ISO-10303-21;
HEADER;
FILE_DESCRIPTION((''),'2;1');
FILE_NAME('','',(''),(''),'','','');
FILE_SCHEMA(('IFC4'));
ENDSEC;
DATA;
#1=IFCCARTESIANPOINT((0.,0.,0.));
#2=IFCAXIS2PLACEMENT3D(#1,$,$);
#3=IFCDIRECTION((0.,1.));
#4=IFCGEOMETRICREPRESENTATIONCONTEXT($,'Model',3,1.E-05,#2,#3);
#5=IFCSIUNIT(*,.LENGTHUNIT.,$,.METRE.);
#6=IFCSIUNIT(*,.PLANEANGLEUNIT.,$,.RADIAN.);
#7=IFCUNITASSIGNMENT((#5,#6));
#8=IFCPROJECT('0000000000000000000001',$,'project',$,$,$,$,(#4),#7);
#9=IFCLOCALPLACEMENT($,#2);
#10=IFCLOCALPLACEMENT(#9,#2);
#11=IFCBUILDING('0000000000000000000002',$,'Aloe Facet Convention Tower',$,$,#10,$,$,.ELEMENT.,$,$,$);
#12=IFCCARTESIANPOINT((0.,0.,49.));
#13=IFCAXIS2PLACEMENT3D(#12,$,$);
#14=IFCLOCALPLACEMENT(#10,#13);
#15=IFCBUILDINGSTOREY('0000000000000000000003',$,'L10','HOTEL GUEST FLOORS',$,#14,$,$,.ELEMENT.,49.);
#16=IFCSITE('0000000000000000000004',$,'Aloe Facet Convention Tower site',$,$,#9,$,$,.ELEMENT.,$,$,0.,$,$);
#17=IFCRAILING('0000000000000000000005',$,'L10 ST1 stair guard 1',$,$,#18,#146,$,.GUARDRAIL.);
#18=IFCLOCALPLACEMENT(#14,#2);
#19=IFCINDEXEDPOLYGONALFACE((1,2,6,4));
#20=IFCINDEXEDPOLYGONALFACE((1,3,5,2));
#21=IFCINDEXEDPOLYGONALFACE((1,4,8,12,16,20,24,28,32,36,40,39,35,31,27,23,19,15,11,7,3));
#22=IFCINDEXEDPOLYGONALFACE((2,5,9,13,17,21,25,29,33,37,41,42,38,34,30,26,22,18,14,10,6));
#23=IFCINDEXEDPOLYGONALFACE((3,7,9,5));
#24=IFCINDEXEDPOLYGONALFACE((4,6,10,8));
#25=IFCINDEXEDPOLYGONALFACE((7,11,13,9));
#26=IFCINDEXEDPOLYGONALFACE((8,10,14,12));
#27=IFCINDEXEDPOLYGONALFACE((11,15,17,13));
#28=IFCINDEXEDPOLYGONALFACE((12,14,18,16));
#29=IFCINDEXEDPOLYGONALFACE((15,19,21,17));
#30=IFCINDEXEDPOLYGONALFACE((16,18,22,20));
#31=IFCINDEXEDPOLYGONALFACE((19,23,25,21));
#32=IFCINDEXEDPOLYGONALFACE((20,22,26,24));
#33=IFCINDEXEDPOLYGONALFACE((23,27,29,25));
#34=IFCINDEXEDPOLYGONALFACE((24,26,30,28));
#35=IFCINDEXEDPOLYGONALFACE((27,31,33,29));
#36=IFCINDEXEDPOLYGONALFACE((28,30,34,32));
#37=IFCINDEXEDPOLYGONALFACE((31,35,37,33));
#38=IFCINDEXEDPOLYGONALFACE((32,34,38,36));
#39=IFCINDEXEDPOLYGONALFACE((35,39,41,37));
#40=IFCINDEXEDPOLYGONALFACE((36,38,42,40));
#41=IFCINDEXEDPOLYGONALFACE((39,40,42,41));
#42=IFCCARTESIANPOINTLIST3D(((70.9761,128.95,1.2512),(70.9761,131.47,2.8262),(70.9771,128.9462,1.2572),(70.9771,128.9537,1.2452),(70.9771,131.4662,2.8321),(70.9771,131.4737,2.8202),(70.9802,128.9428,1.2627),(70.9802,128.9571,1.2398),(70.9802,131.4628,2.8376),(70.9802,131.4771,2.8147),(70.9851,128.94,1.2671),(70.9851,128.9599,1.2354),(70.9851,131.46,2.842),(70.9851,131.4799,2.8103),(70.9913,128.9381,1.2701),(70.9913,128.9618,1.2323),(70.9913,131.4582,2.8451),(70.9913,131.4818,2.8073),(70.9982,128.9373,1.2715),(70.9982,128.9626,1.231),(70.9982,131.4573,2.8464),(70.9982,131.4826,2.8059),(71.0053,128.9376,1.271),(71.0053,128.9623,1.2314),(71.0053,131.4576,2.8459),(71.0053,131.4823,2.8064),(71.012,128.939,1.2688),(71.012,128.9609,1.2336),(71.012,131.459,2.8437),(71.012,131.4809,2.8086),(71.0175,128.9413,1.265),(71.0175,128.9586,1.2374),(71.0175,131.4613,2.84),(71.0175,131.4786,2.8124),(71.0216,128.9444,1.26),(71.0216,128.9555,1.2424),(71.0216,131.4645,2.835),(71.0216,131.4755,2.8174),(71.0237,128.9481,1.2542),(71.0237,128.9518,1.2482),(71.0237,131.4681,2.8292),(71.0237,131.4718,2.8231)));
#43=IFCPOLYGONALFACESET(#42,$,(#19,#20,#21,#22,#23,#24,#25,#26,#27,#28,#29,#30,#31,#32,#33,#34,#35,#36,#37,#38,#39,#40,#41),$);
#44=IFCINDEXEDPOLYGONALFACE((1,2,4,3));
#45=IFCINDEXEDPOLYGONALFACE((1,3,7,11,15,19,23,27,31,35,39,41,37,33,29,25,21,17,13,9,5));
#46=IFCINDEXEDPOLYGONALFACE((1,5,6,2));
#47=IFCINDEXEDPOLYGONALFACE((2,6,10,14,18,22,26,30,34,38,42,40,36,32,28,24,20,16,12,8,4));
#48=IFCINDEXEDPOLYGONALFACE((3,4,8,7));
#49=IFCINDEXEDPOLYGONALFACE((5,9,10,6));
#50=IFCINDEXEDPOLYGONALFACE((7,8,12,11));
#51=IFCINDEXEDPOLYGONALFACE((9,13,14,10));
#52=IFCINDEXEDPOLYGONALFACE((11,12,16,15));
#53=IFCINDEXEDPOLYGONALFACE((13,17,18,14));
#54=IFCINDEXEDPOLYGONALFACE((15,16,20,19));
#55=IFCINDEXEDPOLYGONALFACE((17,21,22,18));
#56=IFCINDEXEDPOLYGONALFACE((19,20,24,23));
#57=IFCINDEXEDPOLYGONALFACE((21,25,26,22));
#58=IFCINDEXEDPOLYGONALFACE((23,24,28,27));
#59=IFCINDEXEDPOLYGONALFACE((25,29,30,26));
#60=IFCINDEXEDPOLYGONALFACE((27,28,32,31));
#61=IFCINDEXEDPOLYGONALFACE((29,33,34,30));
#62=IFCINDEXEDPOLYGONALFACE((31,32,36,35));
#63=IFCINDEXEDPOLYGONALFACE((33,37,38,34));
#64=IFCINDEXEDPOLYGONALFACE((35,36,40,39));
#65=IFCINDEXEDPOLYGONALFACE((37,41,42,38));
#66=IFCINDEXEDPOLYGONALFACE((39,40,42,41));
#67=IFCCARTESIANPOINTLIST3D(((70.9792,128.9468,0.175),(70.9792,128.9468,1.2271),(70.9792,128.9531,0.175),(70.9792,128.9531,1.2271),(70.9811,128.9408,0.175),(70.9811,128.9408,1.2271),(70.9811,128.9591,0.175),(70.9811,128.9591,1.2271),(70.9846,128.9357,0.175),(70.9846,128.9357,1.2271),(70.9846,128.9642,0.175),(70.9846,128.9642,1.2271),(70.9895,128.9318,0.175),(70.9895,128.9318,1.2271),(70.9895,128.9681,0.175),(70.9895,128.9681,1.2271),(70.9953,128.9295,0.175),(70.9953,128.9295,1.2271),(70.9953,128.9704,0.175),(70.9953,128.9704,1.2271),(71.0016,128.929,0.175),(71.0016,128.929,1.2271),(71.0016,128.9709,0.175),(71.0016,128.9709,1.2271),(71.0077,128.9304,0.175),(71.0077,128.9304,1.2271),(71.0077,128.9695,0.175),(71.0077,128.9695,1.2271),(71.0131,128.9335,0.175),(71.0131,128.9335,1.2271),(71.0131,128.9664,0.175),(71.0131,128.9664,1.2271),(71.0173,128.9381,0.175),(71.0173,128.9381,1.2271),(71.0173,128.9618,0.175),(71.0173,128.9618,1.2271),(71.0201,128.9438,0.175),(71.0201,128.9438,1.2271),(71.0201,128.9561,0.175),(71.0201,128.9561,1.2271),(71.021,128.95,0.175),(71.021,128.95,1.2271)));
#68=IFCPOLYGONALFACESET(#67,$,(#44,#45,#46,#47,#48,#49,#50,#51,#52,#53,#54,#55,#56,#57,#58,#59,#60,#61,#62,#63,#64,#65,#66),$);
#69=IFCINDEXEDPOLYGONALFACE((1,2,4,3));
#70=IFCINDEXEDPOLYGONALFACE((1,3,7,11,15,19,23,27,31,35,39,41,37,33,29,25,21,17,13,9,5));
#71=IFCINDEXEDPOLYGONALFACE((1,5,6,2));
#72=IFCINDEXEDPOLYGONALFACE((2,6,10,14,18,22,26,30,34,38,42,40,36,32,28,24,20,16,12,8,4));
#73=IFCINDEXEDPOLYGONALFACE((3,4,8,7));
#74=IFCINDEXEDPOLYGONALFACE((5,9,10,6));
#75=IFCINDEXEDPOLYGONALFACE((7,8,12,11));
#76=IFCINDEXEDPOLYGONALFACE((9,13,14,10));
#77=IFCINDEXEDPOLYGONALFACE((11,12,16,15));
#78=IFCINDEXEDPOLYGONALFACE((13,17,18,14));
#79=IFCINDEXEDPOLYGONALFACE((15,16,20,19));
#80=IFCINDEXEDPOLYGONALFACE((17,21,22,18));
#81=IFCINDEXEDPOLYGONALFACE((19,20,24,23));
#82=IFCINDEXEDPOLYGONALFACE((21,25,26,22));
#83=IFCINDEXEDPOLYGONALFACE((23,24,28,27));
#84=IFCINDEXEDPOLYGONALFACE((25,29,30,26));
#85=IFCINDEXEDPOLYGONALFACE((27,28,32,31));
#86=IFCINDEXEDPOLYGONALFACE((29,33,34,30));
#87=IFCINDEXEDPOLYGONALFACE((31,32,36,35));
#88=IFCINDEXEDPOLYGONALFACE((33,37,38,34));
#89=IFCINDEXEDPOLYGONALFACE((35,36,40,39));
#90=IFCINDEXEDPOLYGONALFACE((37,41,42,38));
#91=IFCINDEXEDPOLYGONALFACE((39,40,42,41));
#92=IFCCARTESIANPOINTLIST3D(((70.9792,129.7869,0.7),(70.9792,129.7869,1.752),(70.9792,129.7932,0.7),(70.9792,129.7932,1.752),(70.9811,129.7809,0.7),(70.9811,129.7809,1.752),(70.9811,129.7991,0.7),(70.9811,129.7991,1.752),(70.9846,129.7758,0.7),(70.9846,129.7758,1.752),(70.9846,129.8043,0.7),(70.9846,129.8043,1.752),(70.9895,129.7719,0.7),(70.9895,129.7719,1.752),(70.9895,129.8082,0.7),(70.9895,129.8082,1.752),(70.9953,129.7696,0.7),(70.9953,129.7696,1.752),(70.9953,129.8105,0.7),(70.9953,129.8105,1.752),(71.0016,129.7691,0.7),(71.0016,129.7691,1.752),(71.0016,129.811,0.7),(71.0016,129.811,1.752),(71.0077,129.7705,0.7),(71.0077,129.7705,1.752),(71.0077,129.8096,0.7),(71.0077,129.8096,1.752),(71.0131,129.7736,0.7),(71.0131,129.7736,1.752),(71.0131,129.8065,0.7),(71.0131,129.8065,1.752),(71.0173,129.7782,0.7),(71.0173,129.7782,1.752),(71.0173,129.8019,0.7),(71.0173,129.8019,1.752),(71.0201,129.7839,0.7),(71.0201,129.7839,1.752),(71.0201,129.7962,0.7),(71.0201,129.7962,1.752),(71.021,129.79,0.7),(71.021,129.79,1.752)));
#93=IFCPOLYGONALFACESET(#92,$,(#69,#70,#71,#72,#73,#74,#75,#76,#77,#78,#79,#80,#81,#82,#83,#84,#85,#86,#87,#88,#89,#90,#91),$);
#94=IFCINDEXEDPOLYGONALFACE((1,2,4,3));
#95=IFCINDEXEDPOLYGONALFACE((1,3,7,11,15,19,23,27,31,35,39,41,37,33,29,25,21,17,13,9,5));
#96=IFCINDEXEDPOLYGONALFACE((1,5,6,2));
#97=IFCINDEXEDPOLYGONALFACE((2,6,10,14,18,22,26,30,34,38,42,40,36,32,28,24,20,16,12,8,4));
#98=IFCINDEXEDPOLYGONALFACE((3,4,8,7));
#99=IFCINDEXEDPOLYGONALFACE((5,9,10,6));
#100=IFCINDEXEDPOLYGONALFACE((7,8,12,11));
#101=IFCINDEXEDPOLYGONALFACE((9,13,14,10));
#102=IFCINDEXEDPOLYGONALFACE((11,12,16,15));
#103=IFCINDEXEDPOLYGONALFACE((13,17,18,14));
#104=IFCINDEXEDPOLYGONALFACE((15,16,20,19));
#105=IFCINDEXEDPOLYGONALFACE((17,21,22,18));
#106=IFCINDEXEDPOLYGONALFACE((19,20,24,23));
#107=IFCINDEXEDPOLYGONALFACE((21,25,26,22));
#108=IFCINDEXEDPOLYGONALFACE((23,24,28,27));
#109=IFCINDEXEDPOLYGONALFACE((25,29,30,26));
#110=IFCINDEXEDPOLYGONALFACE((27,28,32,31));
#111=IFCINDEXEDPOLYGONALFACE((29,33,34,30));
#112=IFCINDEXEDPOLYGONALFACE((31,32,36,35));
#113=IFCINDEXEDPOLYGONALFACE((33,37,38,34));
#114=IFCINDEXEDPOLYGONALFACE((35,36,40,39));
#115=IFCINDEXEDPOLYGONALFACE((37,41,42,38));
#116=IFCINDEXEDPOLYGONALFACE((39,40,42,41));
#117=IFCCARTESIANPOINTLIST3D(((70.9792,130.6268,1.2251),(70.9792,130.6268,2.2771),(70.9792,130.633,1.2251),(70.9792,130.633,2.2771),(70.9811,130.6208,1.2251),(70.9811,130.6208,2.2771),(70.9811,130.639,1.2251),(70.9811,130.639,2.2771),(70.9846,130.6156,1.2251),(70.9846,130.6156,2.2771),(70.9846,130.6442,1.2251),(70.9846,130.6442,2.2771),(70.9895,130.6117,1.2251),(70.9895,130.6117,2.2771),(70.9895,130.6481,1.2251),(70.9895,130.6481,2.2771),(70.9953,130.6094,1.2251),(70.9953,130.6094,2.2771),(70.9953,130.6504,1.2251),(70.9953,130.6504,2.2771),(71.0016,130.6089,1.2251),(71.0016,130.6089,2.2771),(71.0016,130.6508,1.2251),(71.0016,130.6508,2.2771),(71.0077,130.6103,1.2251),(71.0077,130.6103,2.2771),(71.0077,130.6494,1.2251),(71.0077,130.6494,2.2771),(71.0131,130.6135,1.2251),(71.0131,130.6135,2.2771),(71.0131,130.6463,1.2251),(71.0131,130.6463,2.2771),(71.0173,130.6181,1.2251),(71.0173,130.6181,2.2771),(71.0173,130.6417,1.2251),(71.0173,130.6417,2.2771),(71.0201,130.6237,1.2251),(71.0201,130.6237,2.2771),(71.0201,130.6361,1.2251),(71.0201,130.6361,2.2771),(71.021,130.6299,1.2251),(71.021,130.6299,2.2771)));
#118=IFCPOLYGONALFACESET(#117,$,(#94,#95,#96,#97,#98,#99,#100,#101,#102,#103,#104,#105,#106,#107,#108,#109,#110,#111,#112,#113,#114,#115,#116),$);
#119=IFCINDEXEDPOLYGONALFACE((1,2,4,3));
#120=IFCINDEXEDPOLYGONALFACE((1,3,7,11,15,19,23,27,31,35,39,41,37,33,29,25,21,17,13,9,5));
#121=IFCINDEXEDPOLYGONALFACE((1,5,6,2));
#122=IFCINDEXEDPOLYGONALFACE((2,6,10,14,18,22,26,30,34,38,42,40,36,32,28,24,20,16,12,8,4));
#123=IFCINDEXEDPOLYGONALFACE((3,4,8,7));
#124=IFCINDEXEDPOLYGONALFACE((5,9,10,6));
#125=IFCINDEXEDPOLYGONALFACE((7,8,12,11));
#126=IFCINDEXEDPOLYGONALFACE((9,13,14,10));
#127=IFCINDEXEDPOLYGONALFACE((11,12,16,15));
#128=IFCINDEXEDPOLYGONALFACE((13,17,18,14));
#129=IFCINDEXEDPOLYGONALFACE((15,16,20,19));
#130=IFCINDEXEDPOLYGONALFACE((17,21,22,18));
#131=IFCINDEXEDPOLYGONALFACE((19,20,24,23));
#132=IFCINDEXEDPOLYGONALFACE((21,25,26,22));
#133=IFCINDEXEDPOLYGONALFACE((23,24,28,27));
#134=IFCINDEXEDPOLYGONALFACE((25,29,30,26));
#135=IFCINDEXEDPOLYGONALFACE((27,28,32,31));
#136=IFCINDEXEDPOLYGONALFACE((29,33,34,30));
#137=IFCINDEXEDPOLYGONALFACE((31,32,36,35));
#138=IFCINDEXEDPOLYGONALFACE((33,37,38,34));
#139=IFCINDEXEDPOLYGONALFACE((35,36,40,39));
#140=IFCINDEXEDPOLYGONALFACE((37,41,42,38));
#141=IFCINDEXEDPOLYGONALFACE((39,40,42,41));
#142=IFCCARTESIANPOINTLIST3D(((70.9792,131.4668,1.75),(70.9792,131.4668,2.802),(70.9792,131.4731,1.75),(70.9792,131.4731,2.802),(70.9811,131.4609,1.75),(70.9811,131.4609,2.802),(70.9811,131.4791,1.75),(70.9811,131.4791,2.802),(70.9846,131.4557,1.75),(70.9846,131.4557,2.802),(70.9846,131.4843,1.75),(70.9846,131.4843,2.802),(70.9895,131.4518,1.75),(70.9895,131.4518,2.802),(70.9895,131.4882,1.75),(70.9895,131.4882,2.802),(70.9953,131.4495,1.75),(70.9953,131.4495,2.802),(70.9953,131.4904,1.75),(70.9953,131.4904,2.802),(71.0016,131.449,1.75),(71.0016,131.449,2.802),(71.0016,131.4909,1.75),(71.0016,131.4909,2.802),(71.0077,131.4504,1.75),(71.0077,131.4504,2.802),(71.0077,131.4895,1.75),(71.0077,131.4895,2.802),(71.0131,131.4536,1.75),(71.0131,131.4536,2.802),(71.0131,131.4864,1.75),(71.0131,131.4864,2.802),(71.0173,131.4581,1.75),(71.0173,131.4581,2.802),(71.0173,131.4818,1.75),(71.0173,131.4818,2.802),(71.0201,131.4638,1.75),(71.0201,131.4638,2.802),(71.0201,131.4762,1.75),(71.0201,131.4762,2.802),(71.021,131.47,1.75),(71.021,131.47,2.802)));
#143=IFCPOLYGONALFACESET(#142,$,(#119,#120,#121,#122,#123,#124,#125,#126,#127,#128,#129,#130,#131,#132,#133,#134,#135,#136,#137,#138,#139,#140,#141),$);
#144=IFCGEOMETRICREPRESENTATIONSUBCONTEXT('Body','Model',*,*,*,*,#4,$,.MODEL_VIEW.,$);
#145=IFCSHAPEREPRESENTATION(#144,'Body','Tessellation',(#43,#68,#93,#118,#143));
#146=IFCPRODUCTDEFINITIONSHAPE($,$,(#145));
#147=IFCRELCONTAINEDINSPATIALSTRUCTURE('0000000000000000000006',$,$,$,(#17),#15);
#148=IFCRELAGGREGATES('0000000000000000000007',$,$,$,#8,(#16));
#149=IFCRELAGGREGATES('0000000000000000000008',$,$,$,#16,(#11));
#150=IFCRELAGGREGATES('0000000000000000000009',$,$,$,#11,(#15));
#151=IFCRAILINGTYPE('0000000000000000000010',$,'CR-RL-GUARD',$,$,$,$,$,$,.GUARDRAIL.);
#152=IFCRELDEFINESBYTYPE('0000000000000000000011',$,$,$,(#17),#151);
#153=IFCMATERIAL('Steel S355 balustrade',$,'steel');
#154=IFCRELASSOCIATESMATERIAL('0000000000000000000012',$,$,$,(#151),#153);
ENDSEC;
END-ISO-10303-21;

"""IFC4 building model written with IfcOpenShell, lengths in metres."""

from ifc_helpers import new_model, si_unit, direction, frame, origin, origin_2d, place, context, subcontext, project, spatial, circle, extrude, material, type_object, element, save


model = new_model("IFC4")

# Units and contexts
model_context = context("Model", 3, precision=1e-05, world=origin(), true_north=direction((0.0, 1.0)))
body_context = subcontext(model_context, "Body", "Model", "MODEL_VIEW")
ifc_project = project(units=[si_unit("LENGTHUNIT", "METRE"), si_unit("PLANEANGLEUNIT", "RADIAN")], contexts=[model_context])

# Site, building, storey
site_placement = place(None, origin())
site = spatial("IfcSite", under=ifc_project, at=site_placement, Name="Aloe Facet Convention Tower site", CompositionType="ELEMENT", RefElevation=0.0)
building_placement = place(site_placement, origin())
building = spatial("IfcBuilding", under=site, at=building_placement, Name="Aloe Facet Convention Tower", CompositionType="ELEMENT")
storey_placement = place(building_placement, frame((0.0, 0.0, 49.0)))
storey = spatial("IfcBuildingStorey", under=building, at=storey_placement, Name="L10", Description="HOTEL GUEST FLOORS", CompositionType="ELEMENT", Elevation=49.0)

# Railing
ifc_material_1 = material(Name="Steel S355 balustrade", Category="steel")
railing_type_1 = type_object("IfcRailingType", Name="CR-RL-GUARD", PredefinedType="GUARDRAIL", material=ifc_material_1)
railing_1_placement = place(storey_placement, frame((71.0, 128.95, 0.175)))
element("IfcRailing", 1, at=railing_1_placement, inside=storey, type_object=railing_type_1, Name="L10 ST1 stair guard 1", PredefinedType="GUARDRAIL", context=body_context, shape_type="SweptSolid", body=[
    extrude(circle(Radius=0.0239, at=origin_2d()), frame((0.0, 0.0, 1.0762), z_axis=(0.0, 0.848008, 0.529984), x_axis=(-1.0, 0.0, 0.0)), (0.0, 0.0, 1.0), 2.9717),
    extrude(circle(Radius=0.021, at=origin_2d()), origin(), (0.0, 0.0, 1.0), 1.052),
    extrude(circle(Radius=0.021, at=origin_2d()), frame((0.0, 0.8401, 0.5249)), (0.0, 0.0, 1.0), 1.052),
    extrude(circle(Radius=0.021, at=origin_2d()), frame((0.0, 1.6799, 1.05)), (0.0, 0.0, 1.0), 1.052),
    extrude(circle(Radius=0.021, at=origin_2d()), frame((0.0, 2.52, 1.575)), (0.0, 0.0, 1.0), 1.052),
])

save(model, "model.ifc")
